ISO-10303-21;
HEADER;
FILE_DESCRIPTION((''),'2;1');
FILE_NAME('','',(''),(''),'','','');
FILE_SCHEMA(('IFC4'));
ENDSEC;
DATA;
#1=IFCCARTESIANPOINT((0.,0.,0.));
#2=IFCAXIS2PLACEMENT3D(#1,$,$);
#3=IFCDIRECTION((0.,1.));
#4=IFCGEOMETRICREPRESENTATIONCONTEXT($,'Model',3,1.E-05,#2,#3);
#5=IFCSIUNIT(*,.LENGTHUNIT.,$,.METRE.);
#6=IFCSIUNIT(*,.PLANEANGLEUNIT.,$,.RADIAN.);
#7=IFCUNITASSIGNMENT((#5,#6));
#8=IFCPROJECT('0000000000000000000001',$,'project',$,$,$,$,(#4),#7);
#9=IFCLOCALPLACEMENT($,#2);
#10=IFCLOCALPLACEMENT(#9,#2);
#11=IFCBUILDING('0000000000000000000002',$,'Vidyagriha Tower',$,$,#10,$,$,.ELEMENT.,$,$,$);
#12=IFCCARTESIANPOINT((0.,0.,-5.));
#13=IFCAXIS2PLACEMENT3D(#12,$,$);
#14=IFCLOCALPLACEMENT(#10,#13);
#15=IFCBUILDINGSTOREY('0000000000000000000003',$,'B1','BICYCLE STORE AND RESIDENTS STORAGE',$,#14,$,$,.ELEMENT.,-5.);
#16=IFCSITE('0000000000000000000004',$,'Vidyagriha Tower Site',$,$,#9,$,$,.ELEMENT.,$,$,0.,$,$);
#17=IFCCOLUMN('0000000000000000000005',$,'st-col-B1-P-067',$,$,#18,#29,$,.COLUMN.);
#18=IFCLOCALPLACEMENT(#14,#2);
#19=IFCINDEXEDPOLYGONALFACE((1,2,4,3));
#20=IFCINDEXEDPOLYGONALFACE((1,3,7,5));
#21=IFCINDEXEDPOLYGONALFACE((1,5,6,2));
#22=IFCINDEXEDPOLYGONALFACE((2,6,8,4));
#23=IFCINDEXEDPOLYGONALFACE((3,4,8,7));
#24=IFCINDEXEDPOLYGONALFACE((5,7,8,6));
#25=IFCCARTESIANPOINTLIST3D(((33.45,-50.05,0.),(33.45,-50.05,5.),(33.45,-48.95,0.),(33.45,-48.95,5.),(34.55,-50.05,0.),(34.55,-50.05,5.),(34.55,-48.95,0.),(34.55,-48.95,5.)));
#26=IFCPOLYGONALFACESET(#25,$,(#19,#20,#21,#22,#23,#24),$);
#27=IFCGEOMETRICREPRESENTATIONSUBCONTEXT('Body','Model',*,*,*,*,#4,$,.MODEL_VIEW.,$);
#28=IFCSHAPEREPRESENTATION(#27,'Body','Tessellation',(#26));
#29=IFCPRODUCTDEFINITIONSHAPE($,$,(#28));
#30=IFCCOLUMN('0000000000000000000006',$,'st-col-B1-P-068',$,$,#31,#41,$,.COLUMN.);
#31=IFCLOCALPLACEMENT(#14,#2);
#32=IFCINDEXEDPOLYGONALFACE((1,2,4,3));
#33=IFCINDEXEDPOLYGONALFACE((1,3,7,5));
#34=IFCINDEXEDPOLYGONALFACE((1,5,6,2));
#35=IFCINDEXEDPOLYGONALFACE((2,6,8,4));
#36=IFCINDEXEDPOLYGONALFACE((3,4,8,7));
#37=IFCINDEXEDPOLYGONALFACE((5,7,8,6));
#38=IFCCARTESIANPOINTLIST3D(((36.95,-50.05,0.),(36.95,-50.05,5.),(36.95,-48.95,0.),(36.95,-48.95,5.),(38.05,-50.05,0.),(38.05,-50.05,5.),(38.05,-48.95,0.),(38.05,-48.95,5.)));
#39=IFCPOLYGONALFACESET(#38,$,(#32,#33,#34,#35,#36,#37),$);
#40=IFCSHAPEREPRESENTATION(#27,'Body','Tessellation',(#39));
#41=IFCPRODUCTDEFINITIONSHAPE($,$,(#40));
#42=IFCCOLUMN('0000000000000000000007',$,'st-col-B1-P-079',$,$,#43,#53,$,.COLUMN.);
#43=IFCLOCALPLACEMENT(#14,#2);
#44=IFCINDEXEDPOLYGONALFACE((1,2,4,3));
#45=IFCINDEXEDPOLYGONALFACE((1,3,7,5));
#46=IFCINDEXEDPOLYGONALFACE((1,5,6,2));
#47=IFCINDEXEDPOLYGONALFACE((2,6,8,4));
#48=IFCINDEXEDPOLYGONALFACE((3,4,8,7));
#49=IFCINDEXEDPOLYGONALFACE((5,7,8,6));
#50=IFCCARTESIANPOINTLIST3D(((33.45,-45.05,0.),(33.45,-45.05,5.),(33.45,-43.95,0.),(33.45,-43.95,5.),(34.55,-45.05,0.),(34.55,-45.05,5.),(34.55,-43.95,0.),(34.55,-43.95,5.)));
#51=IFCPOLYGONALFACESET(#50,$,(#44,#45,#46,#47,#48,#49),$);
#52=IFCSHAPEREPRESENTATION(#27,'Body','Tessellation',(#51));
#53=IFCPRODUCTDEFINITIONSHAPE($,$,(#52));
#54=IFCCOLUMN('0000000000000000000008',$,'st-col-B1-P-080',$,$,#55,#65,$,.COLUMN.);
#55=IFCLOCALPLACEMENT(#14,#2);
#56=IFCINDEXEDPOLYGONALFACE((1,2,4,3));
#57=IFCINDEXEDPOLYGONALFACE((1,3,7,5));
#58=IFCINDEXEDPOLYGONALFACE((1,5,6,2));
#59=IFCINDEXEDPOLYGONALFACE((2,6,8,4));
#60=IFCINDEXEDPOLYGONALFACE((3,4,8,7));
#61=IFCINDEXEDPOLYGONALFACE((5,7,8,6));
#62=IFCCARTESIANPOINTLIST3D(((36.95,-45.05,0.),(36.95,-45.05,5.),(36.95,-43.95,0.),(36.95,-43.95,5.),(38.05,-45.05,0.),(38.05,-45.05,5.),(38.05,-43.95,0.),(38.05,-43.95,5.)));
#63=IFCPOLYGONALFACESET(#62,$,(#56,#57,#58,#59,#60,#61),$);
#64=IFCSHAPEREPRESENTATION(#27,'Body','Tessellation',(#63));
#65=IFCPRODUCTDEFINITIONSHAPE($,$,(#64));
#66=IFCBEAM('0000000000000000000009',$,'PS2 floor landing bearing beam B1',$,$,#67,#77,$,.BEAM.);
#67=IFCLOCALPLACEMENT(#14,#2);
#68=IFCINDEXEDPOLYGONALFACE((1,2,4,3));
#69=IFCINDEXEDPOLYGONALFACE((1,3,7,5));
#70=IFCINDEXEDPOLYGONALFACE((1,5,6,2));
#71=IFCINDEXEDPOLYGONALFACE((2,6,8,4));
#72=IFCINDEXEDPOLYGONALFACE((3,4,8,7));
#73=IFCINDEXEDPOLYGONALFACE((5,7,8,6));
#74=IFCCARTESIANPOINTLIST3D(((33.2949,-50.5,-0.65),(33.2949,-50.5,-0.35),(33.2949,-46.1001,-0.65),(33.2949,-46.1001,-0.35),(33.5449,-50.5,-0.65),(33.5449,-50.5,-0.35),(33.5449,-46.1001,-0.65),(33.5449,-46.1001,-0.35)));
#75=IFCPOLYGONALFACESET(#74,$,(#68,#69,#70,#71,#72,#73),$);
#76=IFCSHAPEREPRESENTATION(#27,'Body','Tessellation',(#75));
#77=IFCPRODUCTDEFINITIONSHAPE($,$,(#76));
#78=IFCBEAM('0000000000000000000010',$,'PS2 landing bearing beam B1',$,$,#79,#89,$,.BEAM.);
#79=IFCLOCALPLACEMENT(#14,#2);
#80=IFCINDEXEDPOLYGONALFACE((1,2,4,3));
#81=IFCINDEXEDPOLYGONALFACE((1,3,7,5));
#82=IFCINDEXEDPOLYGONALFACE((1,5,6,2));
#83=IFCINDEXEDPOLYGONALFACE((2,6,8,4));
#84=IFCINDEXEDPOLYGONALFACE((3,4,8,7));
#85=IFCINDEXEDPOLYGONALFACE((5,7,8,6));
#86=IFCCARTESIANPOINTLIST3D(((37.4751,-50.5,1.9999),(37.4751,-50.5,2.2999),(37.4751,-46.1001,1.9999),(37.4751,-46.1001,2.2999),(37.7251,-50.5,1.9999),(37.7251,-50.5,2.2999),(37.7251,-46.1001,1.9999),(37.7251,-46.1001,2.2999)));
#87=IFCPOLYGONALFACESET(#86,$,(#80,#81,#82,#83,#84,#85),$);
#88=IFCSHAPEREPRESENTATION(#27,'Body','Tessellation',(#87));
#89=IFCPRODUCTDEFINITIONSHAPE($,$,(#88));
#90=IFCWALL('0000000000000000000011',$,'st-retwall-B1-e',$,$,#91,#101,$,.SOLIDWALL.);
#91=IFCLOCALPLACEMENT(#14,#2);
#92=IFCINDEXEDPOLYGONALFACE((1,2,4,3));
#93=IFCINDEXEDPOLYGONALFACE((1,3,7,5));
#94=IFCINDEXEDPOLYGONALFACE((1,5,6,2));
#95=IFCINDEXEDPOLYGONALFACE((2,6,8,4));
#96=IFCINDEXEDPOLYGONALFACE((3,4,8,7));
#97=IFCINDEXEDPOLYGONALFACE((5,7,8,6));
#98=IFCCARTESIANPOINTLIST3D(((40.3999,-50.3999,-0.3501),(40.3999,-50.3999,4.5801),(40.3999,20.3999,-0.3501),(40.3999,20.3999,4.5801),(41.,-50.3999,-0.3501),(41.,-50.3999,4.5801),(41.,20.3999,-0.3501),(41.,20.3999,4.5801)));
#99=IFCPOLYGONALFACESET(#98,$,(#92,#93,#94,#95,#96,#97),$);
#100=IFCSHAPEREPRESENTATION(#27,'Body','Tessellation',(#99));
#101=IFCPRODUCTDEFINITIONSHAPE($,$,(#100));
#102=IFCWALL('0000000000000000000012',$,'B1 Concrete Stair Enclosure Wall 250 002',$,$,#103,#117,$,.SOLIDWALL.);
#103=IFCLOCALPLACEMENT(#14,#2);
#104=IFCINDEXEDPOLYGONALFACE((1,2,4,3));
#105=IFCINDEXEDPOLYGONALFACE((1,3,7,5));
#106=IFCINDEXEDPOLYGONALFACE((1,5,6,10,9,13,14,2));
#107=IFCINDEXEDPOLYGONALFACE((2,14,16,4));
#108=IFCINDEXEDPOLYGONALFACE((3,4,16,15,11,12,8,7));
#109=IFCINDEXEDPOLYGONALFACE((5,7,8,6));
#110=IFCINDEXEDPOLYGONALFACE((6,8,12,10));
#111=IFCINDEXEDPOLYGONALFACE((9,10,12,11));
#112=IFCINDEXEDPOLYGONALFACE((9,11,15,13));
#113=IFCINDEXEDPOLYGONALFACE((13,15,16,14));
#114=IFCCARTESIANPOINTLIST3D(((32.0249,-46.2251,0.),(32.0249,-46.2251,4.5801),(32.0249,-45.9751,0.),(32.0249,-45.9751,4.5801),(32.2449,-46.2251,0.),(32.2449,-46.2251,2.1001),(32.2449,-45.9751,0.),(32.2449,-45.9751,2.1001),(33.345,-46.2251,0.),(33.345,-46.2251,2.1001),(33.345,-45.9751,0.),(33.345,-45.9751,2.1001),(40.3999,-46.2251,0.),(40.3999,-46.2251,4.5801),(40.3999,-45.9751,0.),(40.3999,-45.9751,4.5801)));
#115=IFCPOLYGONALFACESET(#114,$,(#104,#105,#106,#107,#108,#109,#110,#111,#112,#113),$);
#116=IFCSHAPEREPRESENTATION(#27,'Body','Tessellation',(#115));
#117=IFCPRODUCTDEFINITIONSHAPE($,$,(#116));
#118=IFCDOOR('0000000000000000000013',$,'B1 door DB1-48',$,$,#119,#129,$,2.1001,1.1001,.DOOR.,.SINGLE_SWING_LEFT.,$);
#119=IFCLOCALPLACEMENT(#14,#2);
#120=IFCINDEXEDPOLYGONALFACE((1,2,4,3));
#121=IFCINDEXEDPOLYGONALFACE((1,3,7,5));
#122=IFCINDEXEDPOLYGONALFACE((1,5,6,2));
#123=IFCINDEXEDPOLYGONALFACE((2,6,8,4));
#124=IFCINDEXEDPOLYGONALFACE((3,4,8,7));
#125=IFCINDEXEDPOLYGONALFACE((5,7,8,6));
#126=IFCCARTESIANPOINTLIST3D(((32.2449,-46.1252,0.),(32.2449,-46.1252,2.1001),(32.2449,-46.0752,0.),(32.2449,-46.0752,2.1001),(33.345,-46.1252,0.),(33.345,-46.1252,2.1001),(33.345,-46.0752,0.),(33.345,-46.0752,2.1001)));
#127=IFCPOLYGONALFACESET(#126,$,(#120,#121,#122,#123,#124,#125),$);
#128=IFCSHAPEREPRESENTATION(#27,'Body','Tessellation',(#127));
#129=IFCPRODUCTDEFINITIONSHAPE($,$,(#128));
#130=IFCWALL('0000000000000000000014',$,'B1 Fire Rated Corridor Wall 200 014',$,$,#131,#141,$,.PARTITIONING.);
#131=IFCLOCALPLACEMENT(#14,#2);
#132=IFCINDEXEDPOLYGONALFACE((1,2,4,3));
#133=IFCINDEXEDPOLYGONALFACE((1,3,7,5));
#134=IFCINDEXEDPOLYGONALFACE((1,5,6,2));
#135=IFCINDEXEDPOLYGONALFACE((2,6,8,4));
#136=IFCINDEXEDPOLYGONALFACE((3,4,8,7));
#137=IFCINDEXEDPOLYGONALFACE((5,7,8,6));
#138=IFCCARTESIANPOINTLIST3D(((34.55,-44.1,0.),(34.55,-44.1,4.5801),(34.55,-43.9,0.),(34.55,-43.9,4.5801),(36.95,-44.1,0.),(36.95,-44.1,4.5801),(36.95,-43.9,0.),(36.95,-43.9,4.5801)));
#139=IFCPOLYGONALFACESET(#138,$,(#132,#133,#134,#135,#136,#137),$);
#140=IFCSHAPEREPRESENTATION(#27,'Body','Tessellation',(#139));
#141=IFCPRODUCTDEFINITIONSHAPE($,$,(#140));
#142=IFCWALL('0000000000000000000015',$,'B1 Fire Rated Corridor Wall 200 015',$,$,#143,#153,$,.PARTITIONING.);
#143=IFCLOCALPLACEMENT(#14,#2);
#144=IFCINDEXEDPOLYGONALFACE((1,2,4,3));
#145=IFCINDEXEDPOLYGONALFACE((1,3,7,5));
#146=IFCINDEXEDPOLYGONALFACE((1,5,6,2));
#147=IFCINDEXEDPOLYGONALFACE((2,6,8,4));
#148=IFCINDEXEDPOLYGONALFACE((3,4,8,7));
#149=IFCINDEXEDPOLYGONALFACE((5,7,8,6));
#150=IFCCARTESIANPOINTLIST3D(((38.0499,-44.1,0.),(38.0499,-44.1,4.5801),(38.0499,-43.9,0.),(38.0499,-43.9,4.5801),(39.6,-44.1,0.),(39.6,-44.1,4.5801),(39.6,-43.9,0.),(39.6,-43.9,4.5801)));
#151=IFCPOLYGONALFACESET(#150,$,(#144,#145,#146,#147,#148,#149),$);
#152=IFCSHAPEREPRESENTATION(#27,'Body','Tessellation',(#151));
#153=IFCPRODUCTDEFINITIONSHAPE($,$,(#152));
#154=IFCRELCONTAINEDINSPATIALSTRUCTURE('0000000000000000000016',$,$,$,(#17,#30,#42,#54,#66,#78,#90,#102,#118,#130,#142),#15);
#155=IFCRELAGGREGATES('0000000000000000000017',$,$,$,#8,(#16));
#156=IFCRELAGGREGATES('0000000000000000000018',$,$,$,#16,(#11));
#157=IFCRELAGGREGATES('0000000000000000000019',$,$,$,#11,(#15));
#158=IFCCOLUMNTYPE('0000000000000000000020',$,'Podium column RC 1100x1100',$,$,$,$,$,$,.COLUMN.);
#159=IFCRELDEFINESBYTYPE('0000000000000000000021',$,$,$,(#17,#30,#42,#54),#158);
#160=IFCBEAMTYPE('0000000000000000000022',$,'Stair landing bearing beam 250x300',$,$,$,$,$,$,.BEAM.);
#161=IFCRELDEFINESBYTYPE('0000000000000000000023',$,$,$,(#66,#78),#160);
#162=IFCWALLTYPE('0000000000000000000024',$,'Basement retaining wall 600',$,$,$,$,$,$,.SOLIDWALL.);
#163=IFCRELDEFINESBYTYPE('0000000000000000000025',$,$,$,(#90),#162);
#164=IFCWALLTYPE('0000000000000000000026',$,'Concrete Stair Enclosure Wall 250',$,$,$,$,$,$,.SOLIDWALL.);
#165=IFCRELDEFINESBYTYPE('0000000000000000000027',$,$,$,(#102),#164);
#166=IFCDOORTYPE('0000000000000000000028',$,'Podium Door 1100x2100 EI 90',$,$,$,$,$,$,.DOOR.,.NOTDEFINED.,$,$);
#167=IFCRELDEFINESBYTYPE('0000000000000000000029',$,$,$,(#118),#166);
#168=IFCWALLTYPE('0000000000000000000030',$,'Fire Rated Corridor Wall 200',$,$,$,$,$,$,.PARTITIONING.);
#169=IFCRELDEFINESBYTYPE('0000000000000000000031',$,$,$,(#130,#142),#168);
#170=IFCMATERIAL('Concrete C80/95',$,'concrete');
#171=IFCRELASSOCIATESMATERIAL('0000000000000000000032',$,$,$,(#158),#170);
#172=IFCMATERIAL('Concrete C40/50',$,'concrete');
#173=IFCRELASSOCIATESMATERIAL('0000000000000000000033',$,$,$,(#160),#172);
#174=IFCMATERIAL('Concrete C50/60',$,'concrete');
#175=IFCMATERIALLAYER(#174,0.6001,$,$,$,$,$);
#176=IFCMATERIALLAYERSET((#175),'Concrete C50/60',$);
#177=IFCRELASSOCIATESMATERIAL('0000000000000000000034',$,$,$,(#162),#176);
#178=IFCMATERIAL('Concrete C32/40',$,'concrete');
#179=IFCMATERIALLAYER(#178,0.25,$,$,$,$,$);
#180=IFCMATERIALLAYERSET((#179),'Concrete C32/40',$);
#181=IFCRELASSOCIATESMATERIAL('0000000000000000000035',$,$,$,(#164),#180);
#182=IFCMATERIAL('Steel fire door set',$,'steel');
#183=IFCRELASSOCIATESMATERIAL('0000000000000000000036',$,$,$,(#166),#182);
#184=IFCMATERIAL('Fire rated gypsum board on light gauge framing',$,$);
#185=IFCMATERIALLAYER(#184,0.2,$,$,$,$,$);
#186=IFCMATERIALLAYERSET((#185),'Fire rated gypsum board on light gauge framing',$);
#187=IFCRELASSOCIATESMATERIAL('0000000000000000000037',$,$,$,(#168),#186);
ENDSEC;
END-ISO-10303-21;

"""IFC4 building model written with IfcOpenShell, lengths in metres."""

from ifc_helpers import new_model, si_unit, direction, frame, frame_2d, origin, origin_2d, place, context, subcontext, project, spatial, rectangle, extrude, material, layer, layer_set, material_profile, profile_set, type_object, element, fill, save


model = new_model("IFC4")

# Units and contexts
model_context = context("Model", 3, precision=1e-05, world=origin(), true_north=direction((0.0, 1.0)))
body_context = subcontext(model_context, "Body", "Model", "MODEL_VIEW")
ifc_project = project(units=[si_unit("LENGTHUNIT", "METRE"), si_unit("PLANEANGLEUNIT", "RADIAN")], contexts=[model_context])

# Site, building, storey
site_placement = place(None, origin())
site = spatial("IfcSite", under=ifc_project, at=site_placement, Name="Vidyagriha Tower Site", CompositionType="ELEMENT", RefElevation=0.0)
building_placement = place(site_placement, origin())
building = spatial("IfcBuilding", under=site, at=building_placement, Name="Vidyagriha Tower", CompositionType="ELEMENT")
storey_placement = place(building_placement, frame((0.0, 0.0, -5.0)))
storey = spatial("IfcBuildingStorey", under=building, at=storey_placement, Name="B1", Description="BICYCLE STORE AND RESIDENTS STORAGE", CompositionType="ELEMENT", Elevation=-5.0)

# Columns
ifc_material_1 = material(Name="Concrete C80/95", Category="concrete")
ifc_material_profile_1 = material_profile(ifc_material_1, rectangle(XDim=1.1001, YDim=1.1001, at=origin_2d()), Name="RC 1100x1100")
ifc_profile_set_1 = profile_set([ifc_material_profile_1], Name="Concrete C80/95")
column_type = type_object("IfcColumnType", Name="Podium column RC 1100x1100", PredefinedType="COLUMN", material=ifc_profile_set_1)
for number, where, name in (
    (1, (34.0, -49.5, 0.0), "st-col-B1-P-067"),
    (2, (37.5, -49.5, 0.0), "st-col-B1-P-068"),
    (3, (34.0, -44.5, 0.0), "st-col-B1-P-079"),
    (4, (37.5, -44.5, 0.0), "st-col-B1-P-080"),
):
    element("IfcColumn", number, at=place(storey_placement, frame(where)), inside=storey, type_object=column_type, Name=name, PredefinedType="COLUMN", context=body_context, shape_type="SweptSolid", body=[
        extrude(rectangle(XDim=1.1001, YDim=1.1001, at=origin_2d()), origin(), (0.0, 0.0, 1.0), 5.0),
    ])

# Beams
ifc_material_2 = material(Name="Concrete C40/50", Category="concrete")
ifc_material_profile_2 = material_profile(ifc_material_2, rectangle(XDim=0.25, YDim=0.3, at=origin_2d()), Name="Stair landing bearing beam 250x300")
ifc_profile_set_2 = profile_set([ifc_material_profile_2], Name="Concrete C40/50")
beam_type = type_object("IfcBeamType", Name="Stair landing bearing beam 250x300", PredefinedType="BEAM", material=ifc_profile_set_2)
for number, where, z_axis, x_axis, name in (
    (5, (33.4199, -50.5, -0.5), (0.0, 1.0, 0.0), (-1.0, 0.0, 0.0), "PS2 floor landing bearing beam B1"),
    (6, (37.6001, -50.5, 2.1499), (0.0, 1.0, 0.0), (-1.0, 0.0, 0.0), "PS2 landing bearing beam B1"),
):
    element("IfcBeam", number, at=place(storey_placement, frame(where, z_axis=z_axis, x_axis=x_axis)), inside=storey, type_object=beam_type, Name=name, PredefinedType="BEAM", context=body_context, shape_type="SweptSolid", body=[
        extrude(rectangle(XDim=0.25, YDim=0.3, at=origin_2d()), origin(), (0.0, 0.0, 1.0), 4.3999),
    ])

# Wall
ifc_material_3 = material(Name="Concrete C50/60", Category="concrete")
ifc_layer_1 = layer(ifc_material_3, 0.6001)
ifc_layer_set_1 = layer_set([ifc_layer_1], Name="Concrete C50/60")
wall_type_1 = type_object("IfcWallType", Name="Basement retaining wall 600", PredefinedType="SOLIDWALL", material=ifc_layer_set_1)
wall_1_placement = place(storey_placement, frame((40.7, -50.3999, -0.3501), z_axis=(0.0, 0.0, 1.0), x_axis=(0.0, 1.0, 0.0)))
element("IfcWall", 7, at=wall_1_placement, inside=storey, type_object=wall_type_1, Name="st-retwall-B1-e", PredefinedType="SOLIDWALL", context=body_context, shape_type="SweptSolid", body=[
    extrude(rectangle(XDim=70.7998, YDim=0.6001, at=frame_2d((35.3999, 0.0))), origin(), (0.0, 0.0, 1.0), 4.9302),
])

# Wall, opening, door
ifc_material_4 = material(Name="Concrete C32/40", Category="concrete")
ifc_layer_2 = layer(ifc_material_4, 0.25)
ifc_layer_set_2 = layer_set([ifc_layer_2], Name="Concrete C32/40")
wall_type_2 = type_object("IfcWallType", Name="Concrete Stair Enclosure Wall 250", PredefinedType="SOLIDWALL", material=ifc_layer_set_2)
wall_2_placement = place(storey_placement, frame((32.0249, -46.1001, 0.0)))
wall_2 = element("IfcWall", 8, at=wall_2_placement, inside=storey, type_object=wall_type_2, Name="B1 Concrete Stair Enclosure Wall 250 002", PredefinedType="SOLIDWALL", context=body_context, shape_type="SweptSolid", body=[
    extrude(rectangle(XDim=8.375, YDim=0.25, at=frame_2d((4.1875, 0.0))), origin(), (0.0, 0.0, 1.0), 4.5801),
])
opening_placement = place(wall_2_placement, frame((0.22, 0.0, 0.0)))
opening = element("IfcOpeningElement", 9, at=opening_placement, cuts=wall_2, PredefinedType="OPENING", context=body_context, shape_type="SweptSolid", body=[
    extrude(rectangle(XDim=1.1001, YDim=2.1001, at=frame_2d((0.55, 1.05))), frame((0.0, 0.135, 0.0), z_axis=(0.0, -1.0, 0.0), x_axis=(1.0, 0.0, 0.0)), (0.0, 0.0, 1.0), 0.27),
])
ifc_material_5 = material(Name="Steel fire door set", Category="steel")
door_type = type_object("IfcDoorType", Name="Podium Door 1100x2100 EI 90", OperationType="NOTDEFINED", PredefinedType="DOOR", material=ifc_material_5)
door_placement = place(opening_placement, origin())
door = element("IfcDoor", 10, at=door_placement, inside=storey, type_object=door_type, Name="B1 door DB1-48", OperationType="SINGLE_SWING_LEFT", OverallHeight=2.1001, OverallWidth=1.1001, PredefinedType="DOOR", context=body_context, shape_type="SweptSolid", body=[
    extrude(rectangle(XDim=1.1001, YDim=2.1001, at=frame_2d((0.55, 1.05))), frame((0.0, 0.0249, 0.0), z_axis=(0.0, -1.0, 0.0), x_axis=(1.0, 0.0, 0.0)), (0.0, 0.0, 1.0), 0.05),
])
fill(opening, door)

# Walls
ifc_material_6 = material(Name="Fire rated gypsum board on light gauge framing")
ifc_layer_3 = layer(ifc_material_6, 0.2)
ifc_layer_set_3 = layer_set([ifc_layer_3], Name="Fire rated gypsum board on light gauge framing")
wall_type_3 = type_object("IfcWallType", Name="Fire Rated Corridor Wall 200", PredefinedType="PARTITIONING", material=ifc_layer_set_3)
wall_3_placement = place(storey_placement, frame((34.55, -44.0, 0.0)))
element("IfcWall", 11, at=wall_3_placement, inside=storey, type_object=wall_type_3, Name="B1 Fire Rated Corridor Wall 200 014", PredefinedType="PARTITIONING", context=body_context, shape_type="SweptSolid", body=[
    extrude(rectangle(XDim=2.3999, YDim=0.2, at=frame_2d((1.2, 0.0))), origin(), (0.0, 0.0, 1.0), 4.5801),
])
wall_4_placement = place(storey_placement, frame((38.05, -44.0, 0.0)))
element("IfcWall", 12, at=wall_4_placement, inside=storey, type_object=wall_type_3, Name="B1 Fire Rated Corridor Wall 200 015", PredefinedType="PARTITIONING", context=body_context, shape_type="SweptSolid", body=[
    extrude(rectangle(XDim=1.55, YDim=0.2, at=frame_2d((0.7749, 0.0))), origin(), (0.0, 0.0, 1.0), 4.5801),
])

save(model, "model.ifc")
